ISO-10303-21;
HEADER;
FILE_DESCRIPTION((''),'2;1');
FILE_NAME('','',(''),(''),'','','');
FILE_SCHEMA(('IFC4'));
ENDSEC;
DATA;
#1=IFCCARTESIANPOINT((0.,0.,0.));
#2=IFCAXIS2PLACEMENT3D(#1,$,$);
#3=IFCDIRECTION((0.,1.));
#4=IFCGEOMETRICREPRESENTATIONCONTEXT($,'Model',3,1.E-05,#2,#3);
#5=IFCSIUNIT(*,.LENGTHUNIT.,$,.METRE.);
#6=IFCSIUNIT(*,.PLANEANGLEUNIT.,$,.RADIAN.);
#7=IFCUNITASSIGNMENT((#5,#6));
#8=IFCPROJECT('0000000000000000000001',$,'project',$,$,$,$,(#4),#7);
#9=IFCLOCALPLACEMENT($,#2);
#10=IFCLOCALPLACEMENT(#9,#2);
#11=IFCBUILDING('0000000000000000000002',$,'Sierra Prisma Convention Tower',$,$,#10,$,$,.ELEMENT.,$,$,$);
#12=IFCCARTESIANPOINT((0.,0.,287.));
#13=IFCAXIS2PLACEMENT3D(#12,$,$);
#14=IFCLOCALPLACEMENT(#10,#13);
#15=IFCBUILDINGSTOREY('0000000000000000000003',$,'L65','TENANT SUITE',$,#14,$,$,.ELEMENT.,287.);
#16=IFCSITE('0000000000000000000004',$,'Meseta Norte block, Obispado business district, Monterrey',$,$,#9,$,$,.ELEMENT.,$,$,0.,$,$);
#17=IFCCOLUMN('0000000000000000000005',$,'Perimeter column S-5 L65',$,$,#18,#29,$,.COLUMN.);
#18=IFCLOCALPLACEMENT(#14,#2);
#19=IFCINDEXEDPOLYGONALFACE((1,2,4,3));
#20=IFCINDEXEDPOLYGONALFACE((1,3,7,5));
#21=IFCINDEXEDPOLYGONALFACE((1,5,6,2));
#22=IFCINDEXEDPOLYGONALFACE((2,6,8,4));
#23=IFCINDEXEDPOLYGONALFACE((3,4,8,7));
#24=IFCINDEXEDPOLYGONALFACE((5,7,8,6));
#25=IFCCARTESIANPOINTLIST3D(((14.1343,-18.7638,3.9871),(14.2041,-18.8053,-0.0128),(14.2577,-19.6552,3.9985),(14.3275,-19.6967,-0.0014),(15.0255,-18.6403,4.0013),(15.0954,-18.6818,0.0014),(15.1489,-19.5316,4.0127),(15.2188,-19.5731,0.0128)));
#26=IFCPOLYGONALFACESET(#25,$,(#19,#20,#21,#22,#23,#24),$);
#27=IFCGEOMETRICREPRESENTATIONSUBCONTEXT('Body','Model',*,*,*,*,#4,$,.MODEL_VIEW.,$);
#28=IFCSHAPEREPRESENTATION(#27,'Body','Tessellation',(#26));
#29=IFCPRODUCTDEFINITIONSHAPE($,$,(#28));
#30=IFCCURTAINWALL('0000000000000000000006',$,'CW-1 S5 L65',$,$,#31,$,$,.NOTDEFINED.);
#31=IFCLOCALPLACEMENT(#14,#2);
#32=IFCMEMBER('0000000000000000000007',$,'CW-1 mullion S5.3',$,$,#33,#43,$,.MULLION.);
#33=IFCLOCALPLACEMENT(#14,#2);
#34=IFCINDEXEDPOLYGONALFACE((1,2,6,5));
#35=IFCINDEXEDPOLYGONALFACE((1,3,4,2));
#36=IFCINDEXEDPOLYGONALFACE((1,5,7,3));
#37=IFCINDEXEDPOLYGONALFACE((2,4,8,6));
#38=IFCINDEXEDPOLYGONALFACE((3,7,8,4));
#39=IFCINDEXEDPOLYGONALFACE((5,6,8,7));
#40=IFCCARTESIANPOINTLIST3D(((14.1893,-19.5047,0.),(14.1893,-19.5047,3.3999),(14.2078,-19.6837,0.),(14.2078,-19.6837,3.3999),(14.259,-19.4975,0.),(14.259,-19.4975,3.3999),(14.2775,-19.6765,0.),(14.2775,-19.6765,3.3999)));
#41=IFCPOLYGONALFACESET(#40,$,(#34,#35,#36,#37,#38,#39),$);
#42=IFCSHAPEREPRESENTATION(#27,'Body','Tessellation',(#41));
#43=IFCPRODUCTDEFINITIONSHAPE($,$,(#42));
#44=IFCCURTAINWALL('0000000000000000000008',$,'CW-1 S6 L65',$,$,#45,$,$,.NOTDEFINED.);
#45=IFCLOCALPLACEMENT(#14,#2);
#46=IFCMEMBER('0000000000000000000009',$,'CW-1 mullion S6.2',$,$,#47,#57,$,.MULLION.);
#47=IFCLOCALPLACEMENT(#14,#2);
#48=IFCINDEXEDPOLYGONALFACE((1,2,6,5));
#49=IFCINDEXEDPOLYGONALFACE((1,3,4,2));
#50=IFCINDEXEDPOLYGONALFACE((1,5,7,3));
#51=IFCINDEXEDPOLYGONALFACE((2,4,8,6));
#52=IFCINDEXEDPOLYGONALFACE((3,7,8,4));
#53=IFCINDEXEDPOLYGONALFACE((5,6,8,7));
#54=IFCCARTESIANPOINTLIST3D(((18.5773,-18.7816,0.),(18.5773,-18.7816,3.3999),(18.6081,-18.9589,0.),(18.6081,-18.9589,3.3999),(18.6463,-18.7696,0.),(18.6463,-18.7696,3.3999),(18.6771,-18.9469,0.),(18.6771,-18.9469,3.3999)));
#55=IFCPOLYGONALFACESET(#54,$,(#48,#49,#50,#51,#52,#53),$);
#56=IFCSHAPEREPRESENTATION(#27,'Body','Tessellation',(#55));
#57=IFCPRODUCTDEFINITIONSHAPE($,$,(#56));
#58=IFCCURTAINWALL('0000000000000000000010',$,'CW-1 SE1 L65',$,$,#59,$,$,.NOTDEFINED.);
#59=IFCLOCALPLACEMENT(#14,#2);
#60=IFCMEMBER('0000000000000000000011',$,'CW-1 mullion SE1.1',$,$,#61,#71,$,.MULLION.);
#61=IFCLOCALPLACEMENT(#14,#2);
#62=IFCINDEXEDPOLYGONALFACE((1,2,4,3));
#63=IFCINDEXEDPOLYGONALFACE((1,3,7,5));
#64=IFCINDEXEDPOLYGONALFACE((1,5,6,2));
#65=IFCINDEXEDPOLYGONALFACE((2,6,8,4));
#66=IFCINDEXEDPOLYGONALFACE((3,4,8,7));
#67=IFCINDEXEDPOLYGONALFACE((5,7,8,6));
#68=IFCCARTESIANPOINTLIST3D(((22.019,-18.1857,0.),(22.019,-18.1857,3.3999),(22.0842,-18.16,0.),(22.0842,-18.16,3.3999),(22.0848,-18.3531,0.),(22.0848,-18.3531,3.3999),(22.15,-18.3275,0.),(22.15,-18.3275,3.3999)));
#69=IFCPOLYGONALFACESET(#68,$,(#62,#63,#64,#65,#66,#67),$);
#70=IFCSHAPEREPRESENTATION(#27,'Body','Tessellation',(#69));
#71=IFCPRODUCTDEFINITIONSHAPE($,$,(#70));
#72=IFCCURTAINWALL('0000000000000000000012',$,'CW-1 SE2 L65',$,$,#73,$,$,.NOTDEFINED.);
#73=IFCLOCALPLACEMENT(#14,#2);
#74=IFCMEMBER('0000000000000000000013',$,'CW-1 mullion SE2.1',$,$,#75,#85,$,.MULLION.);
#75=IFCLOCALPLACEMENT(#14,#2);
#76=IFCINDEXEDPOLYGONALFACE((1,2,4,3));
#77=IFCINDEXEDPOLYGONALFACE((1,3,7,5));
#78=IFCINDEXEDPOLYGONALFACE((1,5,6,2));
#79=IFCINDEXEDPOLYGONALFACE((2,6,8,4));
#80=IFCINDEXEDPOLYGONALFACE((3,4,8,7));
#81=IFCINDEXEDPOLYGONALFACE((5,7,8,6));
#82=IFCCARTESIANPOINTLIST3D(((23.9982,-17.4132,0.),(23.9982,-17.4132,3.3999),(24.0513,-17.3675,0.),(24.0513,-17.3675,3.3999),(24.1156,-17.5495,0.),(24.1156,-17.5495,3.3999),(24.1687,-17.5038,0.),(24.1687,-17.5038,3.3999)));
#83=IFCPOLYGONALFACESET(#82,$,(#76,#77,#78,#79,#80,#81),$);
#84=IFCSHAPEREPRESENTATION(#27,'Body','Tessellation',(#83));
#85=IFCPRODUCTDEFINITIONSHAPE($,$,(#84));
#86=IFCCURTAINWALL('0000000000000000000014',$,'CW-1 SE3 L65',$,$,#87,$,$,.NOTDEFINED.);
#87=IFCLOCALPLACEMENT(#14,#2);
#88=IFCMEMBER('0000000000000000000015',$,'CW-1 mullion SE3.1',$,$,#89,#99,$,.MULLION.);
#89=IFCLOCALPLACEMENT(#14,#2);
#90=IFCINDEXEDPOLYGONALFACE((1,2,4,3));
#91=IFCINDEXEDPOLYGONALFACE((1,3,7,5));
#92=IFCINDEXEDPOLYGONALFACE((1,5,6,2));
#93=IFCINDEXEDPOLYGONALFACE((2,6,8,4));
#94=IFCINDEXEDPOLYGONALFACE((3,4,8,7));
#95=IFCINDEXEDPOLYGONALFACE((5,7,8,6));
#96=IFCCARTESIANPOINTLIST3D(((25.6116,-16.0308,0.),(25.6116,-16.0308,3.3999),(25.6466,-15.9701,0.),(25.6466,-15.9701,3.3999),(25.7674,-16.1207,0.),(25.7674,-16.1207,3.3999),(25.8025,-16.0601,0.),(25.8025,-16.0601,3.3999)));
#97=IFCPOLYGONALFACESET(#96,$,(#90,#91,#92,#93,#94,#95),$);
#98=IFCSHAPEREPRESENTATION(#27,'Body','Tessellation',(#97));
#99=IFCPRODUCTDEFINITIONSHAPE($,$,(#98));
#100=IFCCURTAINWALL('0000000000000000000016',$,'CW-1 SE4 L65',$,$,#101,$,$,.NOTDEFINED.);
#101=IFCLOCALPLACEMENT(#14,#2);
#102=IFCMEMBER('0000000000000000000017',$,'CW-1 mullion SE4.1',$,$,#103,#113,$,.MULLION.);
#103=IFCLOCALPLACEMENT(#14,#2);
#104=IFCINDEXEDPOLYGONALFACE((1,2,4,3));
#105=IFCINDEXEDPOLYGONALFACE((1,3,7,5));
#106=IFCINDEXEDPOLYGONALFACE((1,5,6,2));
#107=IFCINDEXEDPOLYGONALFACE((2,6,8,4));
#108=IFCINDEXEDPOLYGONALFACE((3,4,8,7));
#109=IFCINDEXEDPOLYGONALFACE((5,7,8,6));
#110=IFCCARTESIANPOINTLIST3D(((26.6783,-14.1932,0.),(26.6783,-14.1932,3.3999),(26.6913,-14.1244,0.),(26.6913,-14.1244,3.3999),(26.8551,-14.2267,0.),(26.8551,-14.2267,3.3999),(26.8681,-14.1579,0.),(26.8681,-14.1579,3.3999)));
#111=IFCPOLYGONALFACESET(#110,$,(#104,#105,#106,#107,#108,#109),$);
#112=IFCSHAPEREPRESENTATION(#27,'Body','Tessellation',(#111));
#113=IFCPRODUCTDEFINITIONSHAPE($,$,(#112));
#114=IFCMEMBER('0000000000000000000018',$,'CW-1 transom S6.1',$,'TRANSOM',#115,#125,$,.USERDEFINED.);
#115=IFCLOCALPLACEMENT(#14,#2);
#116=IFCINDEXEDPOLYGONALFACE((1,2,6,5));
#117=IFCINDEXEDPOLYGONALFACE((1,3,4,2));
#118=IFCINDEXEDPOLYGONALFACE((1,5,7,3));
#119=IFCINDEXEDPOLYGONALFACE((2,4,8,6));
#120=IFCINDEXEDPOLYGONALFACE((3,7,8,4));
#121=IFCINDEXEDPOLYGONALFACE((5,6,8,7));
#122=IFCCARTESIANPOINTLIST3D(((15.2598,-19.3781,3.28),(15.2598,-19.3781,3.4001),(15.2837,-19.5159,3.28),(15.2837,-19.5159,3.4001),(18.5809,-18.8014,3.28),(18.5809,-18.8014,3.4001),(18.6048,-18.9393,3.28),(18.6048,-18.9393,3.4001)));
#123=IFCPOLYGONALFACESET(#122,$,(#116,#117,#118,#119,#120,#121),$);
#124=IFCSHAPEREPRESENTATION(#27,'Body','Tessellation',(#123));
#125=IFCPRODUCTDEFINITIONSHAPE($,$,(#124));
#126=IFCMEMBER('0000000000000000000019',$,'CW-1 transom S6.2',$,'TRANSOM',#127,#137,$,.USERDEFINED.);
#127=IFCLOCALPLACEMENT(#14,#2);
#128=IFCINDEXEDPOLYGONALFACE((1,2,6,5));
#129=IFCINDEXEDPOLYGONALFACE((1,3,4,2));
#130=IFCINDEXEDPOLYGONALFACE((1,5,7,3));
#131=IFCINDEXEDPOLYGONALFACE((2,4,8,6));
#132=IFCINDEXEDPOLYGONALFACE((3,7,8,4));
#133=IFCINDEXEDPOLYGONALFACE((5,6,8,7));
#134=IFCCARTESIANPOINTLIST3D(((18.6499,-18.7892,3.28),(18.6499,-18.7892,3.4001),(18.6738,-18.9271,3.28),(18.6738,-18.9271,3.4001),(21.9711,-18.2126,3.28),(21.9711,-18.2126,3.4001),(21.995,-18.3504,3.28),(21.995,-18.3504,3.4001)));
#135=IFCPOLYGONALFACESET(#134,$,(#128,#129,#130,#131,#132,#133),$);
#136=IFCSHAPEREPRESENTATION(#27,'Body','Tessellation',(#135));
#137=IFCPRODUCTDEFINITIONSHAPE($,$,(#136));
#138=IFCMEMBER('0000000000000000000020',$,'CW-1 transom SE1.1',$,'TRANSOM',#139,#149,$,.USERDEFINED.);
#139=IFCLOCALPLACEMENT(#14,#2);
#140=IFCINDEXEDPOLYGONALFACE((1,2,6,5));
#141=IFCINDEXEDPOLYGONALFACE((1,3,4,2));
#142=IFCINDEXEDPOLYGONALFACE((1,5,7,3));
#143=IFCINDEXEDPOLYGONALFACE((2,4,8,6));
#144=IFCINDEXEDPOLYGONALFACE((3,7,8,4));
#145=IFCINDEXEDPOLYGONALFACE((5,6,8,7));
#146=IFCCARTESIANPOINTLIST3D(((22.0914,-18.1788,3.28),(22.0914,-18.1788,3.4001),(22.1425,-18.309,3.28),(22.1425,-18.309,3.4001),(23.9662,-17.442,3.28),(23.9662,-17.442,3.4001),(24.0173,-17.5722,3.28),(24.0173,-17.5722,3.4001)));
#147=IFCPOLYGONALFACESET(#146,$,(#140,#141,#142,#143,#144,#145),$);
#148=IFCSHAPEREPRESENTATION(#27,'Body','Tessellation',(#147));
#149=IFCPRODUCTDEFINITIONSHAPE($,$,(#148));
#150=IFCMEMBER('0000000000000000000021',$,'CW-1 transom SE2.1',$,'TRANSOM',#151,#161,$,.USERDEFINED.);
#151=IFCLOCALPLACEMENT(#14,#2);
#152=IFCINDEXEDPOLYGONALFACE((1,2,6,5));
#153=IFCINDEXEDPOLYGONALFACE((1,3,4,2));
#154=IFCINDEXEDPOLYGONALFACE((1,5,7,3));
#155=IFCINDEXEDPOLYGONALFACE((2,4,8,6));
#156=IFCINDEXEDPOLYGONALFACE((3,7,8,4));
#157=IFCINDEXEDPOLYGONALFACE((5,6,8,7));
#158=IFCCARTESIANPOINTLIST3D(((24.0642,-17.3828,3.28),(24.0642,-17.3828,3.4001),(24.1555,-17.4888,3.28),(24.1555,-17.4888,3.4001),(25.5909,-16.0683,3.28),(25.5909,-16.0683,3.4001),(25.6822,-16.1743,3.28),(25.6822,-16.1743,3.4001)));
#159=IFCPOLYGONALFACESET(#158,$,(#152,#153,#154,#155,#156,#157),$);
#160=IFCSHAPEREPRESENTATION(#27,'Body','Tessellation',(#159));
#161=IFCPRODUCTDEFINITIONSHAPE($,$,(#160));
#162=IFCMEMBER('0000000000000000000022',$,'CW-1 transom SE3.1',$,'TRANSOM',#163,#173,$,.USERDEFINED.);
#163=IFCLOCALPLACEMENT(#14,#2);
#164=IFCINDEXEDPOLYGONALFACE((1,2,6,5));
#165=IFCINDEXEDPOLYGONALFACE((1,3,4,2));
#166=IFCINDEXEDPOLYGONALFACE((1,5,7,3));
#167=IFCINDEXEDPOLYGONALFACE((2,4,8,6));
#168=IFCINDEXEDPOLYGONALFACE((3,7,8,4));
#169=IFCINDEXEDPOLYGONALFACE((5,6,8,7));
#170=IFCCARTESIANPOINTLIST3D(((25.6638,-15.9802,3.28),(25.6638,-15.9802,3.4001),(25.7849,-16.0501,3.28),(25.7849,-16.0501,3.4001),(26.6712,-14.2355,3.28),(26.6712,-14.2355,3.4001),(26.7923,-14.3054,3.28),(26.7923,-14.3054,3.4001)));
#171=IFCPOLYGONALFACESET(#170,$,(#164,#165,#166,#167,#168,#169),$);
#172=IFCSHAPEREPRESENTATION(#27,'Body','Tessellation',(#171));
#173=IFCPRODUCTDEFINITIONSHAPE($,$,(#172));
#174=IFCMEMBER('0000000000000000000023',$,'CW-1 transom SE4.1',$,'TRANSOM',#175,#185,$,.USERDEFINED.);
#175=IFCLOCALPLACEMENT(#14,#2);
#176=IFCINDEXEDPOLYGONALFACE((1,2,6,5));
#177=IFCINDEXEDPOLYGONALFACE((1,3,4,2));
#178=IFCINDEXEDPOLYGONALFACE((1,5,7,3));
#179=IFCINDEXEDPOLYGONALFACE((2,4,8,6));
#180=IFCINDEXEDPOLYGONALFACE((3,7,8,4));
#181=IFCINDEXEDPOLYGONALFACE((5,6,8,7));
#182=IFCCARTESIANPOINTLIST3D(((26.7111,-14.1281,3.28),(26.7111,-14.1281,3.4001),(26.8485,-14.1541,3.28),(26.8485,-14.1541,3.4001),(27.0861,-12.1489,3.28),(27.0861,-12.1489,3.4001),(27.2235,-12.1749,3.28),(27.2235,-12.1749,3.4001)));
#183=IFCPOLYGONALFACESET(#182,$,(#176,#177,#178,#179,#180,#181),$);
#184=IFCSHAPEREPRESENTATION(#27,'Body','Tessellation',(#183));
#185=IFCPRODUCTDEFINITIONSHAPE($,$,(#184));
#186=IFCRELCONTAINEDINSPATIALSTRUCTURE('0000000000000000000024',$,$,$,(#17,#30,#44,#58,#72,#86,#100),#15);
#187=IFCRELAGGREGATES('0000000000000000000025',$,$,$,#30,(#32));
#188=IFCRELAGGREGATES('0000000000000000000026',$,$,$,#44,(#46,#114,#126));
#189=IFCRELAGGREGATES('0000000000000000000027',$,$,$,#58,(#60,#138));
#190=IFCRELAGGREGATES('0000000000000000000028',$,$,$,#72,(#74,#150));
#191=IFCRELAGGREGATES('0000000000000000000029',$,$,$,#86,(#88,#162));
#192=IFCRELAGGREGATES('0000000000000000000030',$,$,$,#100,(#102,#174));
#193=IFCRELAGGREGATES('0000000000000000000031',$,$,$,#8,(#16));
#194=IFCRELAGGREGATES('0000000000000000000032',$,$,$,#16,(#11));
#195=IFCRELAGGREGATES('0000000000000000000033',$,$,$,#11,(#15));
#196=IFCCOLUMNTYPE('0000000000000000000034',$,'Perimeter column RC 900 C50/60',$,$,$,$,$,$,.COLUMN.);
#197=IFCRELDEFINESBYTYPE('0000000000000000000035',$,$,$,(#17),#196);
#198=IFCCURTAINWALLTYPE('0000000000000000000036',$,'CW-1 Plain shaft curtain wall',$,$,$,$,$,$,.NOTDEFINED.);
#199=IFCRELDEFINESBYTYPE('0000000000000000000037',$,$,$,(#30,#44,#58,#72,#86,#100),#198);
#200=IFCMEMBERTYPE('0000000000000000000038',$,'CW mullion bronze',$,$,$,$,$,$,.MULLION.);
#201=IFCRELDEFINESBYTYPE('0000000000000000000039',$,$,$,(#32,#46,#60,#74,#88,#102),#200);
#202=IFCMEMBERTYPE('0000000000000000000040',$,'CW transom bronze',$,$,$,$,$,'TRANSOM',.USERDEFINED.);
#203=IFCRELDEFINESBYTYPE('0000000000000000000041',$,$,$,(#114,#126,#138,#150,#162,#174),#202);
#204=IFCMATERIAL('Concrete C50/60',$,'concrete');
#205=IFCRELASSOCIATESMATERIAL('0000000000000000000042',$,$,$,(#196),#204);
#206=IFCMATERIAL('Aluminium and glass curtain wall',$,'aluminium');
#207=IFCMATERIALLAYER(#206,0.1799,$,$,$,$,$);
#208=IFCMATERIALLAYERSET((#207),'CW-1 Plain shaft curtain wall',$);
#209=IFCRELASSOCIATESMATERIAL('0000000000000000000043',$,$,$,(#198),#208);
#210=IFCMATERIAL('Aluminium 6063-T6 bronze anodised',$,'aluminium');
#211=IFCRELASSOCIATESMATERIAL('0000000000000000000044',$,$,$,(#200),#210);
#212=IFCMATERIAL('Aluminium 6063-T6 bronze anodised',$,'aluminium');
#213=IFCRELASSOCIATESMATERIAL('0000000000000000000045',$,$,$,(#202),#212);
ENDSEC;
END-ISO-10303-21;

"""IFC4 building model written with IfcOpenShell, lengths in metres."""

from ifc_helpers import new_model, si_unit, direction, frame, origin, origin_2d, place, context, subcontext, project, spatial, rectangle, extrude, material, layer, layer_set, material_profile, profile_set, type_object, element, aggregate, save


model = new_model("IFC4")

# Units and contexts
model_context = context("Model", 3, precision=1e-05, world=origin(), true_north=direction((0.0, 1.0)))
body_context = subcontext(model_context, "Body", "Model", "MODEL_VIEW")
ifc_project = project(units=[si_unit("LENGTHUNIT", "METRE"), si_unit("PLANEANGLEUNIT", "RADIAN")], contexts=[model_context])

# Site, building, storey
site_placement = place(None, origin())
site = spatial("IfcSite", under=ifc_project, at=site_placement, Name="Meseta Norte block, Obispado business district, Monterrey", CompositionType="ELEMENT", RefElevation=0.0)
building_placement = place(site_placement, origin())
building = spatial("IfcBuilding", under=site, at=building_placement, Name="Sierra Prisma Convention Tower", CompositionType="ELEMENT")
storey_placement = place(building_placement, frame((0.0, 0.0, 287.0)))
storey = spatial("IfcBuildingStorey", under=building, at=storey_placement, Name="L65", Description="TENANT SUITE", CompositionType="ELEMENT", Elevation=287.0)

# Column
ifc_material_1 = material(Name="Concrete C50/60", Category="concrete")
ifc_material_profile_1 = material_profile(ifc_material_1, rectangle(XDim=0.8999, YDim=0.8999, at=origin_2d()), Name="Perimeter column RC 900 C50/60")
ifc_profile_set_1 = profile_set([ifc_material_profile_1], Name="Concrete C50/60")
column_type = type_object("IfcColumnType", Name="Perimeter column RC 900 C50/60", PredefinedType="COLUMN", material=ifc_profile_set_1)
column_placement = place(storey_placement, frame((14.7114, -19.1892, 0.0), z_axis=(-0.017452, 0.010374, 0.999794), x_axis=(0.990401, 0.137309, 0.015864)))
element("IfcColumn", 1, at=column_placement, inside=storey, type_object=column_type, Name="Perimeter column S-5 L65", PredefinedType="COLUMN", context=body_context, shape_type="SweptSolid", body=[
    extrude(rectangle(XDim=0.8999, YDim=0.8999, at=origin_2d()), origin(), (0.0, 0.0, 1.0), 4.0007),
])

# Curtain walls, members
ifc_material_2 = material(Name="Aluminium and glass curtain wall", Category="aluminium")
ifc_layer_1 = layer(ifc_material_2, 0.1799)
ifc_layer_set_1 = layer_set([ifc_layer_1], Name="CW-1 Plain shaft curtain wall")
curtain_wall_type = type_object("IfcCurtainWallType", Name="CW-1 Plain shaft curtain wall", PredefinedType="NOTDEFINED", material=ifc_layer_set_1)
curtain_wall_1_placement = place(storey_placement, origin())
curtain_wall_1 = element("IfcCurtainWall", 2, at=curtain_wall_1_placement, inside=storey, type_object=curtain_wall_type, Name="CW-1 S5 L65", PredefinedType="NOTDEFINED")
ifc_material_3 = material(Name="Aluminium 6063-T6 bronze anodised", Category="aluminium")
ifc_material_profile_2 = material_profile(ifc_material_3, rectangle(XDim=0.1799, YDim=0.0701, at=origin_2d()), Name="ALU MULLION 70x180")
ifc_profile_set_2 = profile_set([ifc_material_profile_2], Name="Aluminium 6063-T6 bronze anodised")
member_type_1 = type_object("IfcMemberType", Name="CW mullion bronze", PredefinedType="MULLION", material=ifc_profile_set_2)
member_1_placement = place(storey_placement, frame((14.2334, -19.5906, 0.0), z_axis=(0.0, 0.0, 1.0), x_axis=(-0.102994, 0.994682, 0.0)))
member_1 = element("IfcMember", 3, at=member_1_placement, type_object=member_type_1, Name="CW-1 mullion S5.3", PredefinedType="MULLION", context=body_context, shape_type="SweptSolid", body=[
    extrude(rectangle(XDim=0.1799, YDim=0.0701, at=origin_2d()), origin(), (0.0, 0.0, 1.0), 3.3999),
])
aggregate(curtain_wall_1, [member_1])
curtain_wall_2_placement = place(storey_placement, origin())
curtain_wall_2 = element("IfcCurtainWall", 4, at=curtain_wall_2_placement, inside=storey, type_object=curtain_wall_type, Name="CW-1 S6 L65", PredefinedType="NOTDEFINED")
member_2_placement = place(storey_placement, frame((18.6272, -18.8643, 0.0), z_axis=(0.0, 0.0, 1.0), x_axis=(-0.171116, 0.985251, 0.0)))
member_2 = element("IfcMember", 5, at=member_2_placement, type_object=member_type_1, Name="CW-1 mullion S6.2", PredefinedType="MULLION", context=body_context, shape_type="SweptSolid", body=[
    extrude(rectangle(XDim=0.1799, YDim=0.0701, at=origin_2d()), origin(), (0.0, 0.0, 1.0), 3.3999),
])
curtain_wall_3_placement = place(storey_placement, origin())
curtain_wall_3 = element("IfcCurtainWall", 6, at=curtain_wall_3_placement, inside=storey, type_object=curtain_wall_type, Name="CW-1 SE1 L65", PredefinedType="NOTDEFINED")
member_3_placement = place(storey_placement, frame((22.0845, -18.2566, 0.0), z_axis=(0.0, 0.0, 1.0), x_axis=(-0.365829, 0.930682, 0.0)))
member_3 = element("IfcMember", 7, at=member_3_placement, type_object=member_type_1, Name="CW-1 mullion SE1.1", PredefinedType="MULLION", context=body_context, shape_type="SweptSolid", body=[
    extrude(rectangle(XDim=0.1799, YDim=0.0701, at=origin_2d()), origin(), (0.0, 0.0, 1.0), 3.3999),
])
curtain_wall_4_placement = place(storey_placement, origin())
curtain_wall_4 = element("IfcCurtainWall", 8, at=curtain_wall_4_placement, inside=storey, type_object=curtain_wall_type, Name="CW-1 SE2 L65", PredefinedType="NOTDEFINED")
member_4_placement = place(storey_placement, frame((24.0835, -17.4585, 0.0), z_axis=(0.0, 0.0, 1.0), x_axis=(-0.652486, 0.757801, 0.0)))
member_4 = element("IfcMember", 9, at=member_4_placement, type_object=member_type_1, Name="CW-1 mullion SE2.1", PredefinedType="MULLION", context=body_context, shape_type="SweptSolid", body=[
    extrude(rectangle(XDim=0.1799, YDim=0.0701, at=origin_2d()), origin(), (0.0, 0.0, 1.0), 3.3999),
])
curtain_wall_5_placement = place(storey_placement, origin())
curtain_wall_5 = element("IfcCurtainWall", 10, at=curtain_wall_5_placement, inside=storey, type_object=curtain_wall_type, Name="CW-1 SE3 L65", PredefinedType="NOTDEFINED")
member_5_placement = place(storey_placement, frame((25.707, -16.0454, 0.0), z_axis=(0.0, 0.0, 1.0), x_axis=(-0.866025, 0.5, 0.0)))
member_5 = element("IfcMember", 11, at=member_5_placement, type_object=member_type_1, Name="CW-1 mullion SE3.1", PredefinedType="MULLION", context=body_context, shape_type="SweptSolid", body=[
    extrude(rectangle(XDim=0.1799, YDim=0.0701, at=origin_2d()), origin(), (0.0, 0.0, 1.0), 3.3999),
])
curtain_wall_6_placement = place(storey_placement, origin())
curtain_wall_6 = element("IfcCurtainWall", 12, at=curtain_wall_6_placement, inside=storey, type_object=curtain_wall_type, Name="CW-1 SE4 L65", PredefinedType="NOTDEFINED")
member_6_placement = place(storey_placement, frame((26.7732, -14.1755, 0.0), z_axis=(0.0, 0.0, 1.0), x_axis=(-0.982518, 0.186169, 0.0)))
member_6 = element("IfcMember", 13, at=member_6_placement, type_object=member_type_1, Name="CW-1 mullion SE4.1", PredefinedType="MULLION", context=body_context, shape_type="SweptSolid", body=[
    extrude(rectangle(XDim=0.1799, YDim=0.0701, at=origin_2d()), origin(), (0.0, 0.0, 1.0), 3.3999),
])

# Members
ifc_material_4 = material(Name="Aluminium 6063-T6 bronze anodised", Category="aluminium")
ifc_material_profile_3 = material_profile(ifc_material_4, rectangle(XDim=0.1399, YDim=0.1201, at=origin_2d()), Name="ALU TRANSOM 120x140")
ifc_profile_set_3 = profile_set([ifc_material_profile_3], Name="Aluminium 6063-T6 bronze anodised")
member_type_2 = type_object("IfcMemberType", Name="CW transom bronze", ElementType="TRANSOM", PredefinedType="USERDEFINED", material=ifc_profile_set_3)
member_7_placement = place(storey_placement, frame((15.2717, -19.447, 3.3401), z_axis=(0.985257, 0.171078, 0.0), x_axis=(-0.171078, 0.985257, 0.0)))
member_7 = element("IfcMember", 14, at=member_7_placement, type_object=member_type_2, Name="CW-1 transom S6.1", ObjectType="TRANSOM", PredefinedType="USERDEFINED", context=body_context, shape_type="SweptSolid", body=[
    extrude(rectangle(XDim=0.1399, YDim=0.1201, at=origin_2d()), origin(), (0.0, 0.0, 1.0), 3.3708),
])
member_8_placement = place(storey_placement, frame((18.6619, -18.8582, 3.3401), z_axis=(0.985257, 0.171078, 0.0), x_axis=(-0.171078, 0.985257, 0.0)))
member_8 = element("IfcMember", 15, at=member_8_placement, type_object=member_type_2, Name="CW-1 transom S6.2", ObjectType="TRANSOM", PredefinedType="USERDEFINED", context=body_context, shape_type="SweptSolid", body=[
    extrude(rectangle(XDim=0.1399, YDim=0.1201, at=origin_2d()), origin(), (0.0, 0.0, 1.0), 3.3708),
])
member_9_placement = place(storey_placement, frame((22.1169, -18.2439, 3.3401), z_axis=(0.9307, 0.365784, 0.0), x_axis=(-0.365784, 0.9307, 0.0)))
member_9 = element("IfcMember", 16, at=member_9_placement, type_object=member_type_2, Name="CW-1 transom SE1.1", ObjectType="TRANSOM", PredefinedType="USERDEFINED", context=body_context, shape_type="SweptSolid", body=[
    extrude(rectangle(XDim=0.1399, YDim=0.1201, at=origin_2d()), origin(), (0.0, 0.0, 1.0), 2.0144),
])
member_10_placement = place(storey_placement, frame((24.1099, -17.4358, 3.3401), z_axis=(0.7578, 0.652486, 0.0), x_axis=(-0.652486, 0.7578, 0.0)))
member_10 = element("IfcMember", 17, at=member_10_placement, type_object=member_type_2, Name="CW-1 transom SE2.1", ObjectType="TRANSOM", PredefinedType="USERDEFINED", context=body_context, shape_type="SweptSolid", body=[
    extrude(rectangle(XDim=0.1399, YDim=0.1201, at=origin_2d()), origin(), (0.0, 0.0, 1.0), 2.0146),
])
member_11_placement = place(storey_placement, frame((25.7244, -16.0151, 3.3401), z_axis=(0.500023, 0.866012, 0.0), x_axis=(-0.866012, 0.500023, 0.0)))
member_11 = element("IfcMember", 18, at=member_11_placement, type_object=member_type_2, Name="CW-1 transom SE3.1", ObjectType="TRANSOM", PredefinedType="USERDEFINED", context=body_context, shape_type="SweptSolid", body=[
    extrude(rectangle(XDim=0.1399, YDim=0.1201, at=origin_2d()), origin(), (0.0, 0.0, 1.0), 2.0146),
])
member_12_placement = place(storey_placement, frame((26.7798, -14.1411, 3.3401), z_axis=(0.186154, 0.982521, 0.0), x_axis=(-0.982521, 0.186154, 0.0)))
member_12 = element("IfcMember", 19, at=member_12_placement, type_object=member_type_2, Name="CW-1 transom SE4.1", ObjectType="TRANSOM", PredefinedType="USERDEFINED", context=body_context, shape_type="SweptSolid", body=[
    extrude(rectangle(XDim=0.1399, YDim=0.1201, at=origin_2d()), origin(), (0.0, 0.0, 1.0), 2.0144),
])

aggregate(curtain_wall_2, [member_2, member_7, member_8])
aggregate(curtain_wall_3, [member_3, member_9])
aggregate(curtain_wall_4, [member_4, member_10])
aggregate(curtain_wall_5, [member_5, member_11])
aggregate(curtain_wall_6, [member_6, member_12])

save(model, "model.ifc")
